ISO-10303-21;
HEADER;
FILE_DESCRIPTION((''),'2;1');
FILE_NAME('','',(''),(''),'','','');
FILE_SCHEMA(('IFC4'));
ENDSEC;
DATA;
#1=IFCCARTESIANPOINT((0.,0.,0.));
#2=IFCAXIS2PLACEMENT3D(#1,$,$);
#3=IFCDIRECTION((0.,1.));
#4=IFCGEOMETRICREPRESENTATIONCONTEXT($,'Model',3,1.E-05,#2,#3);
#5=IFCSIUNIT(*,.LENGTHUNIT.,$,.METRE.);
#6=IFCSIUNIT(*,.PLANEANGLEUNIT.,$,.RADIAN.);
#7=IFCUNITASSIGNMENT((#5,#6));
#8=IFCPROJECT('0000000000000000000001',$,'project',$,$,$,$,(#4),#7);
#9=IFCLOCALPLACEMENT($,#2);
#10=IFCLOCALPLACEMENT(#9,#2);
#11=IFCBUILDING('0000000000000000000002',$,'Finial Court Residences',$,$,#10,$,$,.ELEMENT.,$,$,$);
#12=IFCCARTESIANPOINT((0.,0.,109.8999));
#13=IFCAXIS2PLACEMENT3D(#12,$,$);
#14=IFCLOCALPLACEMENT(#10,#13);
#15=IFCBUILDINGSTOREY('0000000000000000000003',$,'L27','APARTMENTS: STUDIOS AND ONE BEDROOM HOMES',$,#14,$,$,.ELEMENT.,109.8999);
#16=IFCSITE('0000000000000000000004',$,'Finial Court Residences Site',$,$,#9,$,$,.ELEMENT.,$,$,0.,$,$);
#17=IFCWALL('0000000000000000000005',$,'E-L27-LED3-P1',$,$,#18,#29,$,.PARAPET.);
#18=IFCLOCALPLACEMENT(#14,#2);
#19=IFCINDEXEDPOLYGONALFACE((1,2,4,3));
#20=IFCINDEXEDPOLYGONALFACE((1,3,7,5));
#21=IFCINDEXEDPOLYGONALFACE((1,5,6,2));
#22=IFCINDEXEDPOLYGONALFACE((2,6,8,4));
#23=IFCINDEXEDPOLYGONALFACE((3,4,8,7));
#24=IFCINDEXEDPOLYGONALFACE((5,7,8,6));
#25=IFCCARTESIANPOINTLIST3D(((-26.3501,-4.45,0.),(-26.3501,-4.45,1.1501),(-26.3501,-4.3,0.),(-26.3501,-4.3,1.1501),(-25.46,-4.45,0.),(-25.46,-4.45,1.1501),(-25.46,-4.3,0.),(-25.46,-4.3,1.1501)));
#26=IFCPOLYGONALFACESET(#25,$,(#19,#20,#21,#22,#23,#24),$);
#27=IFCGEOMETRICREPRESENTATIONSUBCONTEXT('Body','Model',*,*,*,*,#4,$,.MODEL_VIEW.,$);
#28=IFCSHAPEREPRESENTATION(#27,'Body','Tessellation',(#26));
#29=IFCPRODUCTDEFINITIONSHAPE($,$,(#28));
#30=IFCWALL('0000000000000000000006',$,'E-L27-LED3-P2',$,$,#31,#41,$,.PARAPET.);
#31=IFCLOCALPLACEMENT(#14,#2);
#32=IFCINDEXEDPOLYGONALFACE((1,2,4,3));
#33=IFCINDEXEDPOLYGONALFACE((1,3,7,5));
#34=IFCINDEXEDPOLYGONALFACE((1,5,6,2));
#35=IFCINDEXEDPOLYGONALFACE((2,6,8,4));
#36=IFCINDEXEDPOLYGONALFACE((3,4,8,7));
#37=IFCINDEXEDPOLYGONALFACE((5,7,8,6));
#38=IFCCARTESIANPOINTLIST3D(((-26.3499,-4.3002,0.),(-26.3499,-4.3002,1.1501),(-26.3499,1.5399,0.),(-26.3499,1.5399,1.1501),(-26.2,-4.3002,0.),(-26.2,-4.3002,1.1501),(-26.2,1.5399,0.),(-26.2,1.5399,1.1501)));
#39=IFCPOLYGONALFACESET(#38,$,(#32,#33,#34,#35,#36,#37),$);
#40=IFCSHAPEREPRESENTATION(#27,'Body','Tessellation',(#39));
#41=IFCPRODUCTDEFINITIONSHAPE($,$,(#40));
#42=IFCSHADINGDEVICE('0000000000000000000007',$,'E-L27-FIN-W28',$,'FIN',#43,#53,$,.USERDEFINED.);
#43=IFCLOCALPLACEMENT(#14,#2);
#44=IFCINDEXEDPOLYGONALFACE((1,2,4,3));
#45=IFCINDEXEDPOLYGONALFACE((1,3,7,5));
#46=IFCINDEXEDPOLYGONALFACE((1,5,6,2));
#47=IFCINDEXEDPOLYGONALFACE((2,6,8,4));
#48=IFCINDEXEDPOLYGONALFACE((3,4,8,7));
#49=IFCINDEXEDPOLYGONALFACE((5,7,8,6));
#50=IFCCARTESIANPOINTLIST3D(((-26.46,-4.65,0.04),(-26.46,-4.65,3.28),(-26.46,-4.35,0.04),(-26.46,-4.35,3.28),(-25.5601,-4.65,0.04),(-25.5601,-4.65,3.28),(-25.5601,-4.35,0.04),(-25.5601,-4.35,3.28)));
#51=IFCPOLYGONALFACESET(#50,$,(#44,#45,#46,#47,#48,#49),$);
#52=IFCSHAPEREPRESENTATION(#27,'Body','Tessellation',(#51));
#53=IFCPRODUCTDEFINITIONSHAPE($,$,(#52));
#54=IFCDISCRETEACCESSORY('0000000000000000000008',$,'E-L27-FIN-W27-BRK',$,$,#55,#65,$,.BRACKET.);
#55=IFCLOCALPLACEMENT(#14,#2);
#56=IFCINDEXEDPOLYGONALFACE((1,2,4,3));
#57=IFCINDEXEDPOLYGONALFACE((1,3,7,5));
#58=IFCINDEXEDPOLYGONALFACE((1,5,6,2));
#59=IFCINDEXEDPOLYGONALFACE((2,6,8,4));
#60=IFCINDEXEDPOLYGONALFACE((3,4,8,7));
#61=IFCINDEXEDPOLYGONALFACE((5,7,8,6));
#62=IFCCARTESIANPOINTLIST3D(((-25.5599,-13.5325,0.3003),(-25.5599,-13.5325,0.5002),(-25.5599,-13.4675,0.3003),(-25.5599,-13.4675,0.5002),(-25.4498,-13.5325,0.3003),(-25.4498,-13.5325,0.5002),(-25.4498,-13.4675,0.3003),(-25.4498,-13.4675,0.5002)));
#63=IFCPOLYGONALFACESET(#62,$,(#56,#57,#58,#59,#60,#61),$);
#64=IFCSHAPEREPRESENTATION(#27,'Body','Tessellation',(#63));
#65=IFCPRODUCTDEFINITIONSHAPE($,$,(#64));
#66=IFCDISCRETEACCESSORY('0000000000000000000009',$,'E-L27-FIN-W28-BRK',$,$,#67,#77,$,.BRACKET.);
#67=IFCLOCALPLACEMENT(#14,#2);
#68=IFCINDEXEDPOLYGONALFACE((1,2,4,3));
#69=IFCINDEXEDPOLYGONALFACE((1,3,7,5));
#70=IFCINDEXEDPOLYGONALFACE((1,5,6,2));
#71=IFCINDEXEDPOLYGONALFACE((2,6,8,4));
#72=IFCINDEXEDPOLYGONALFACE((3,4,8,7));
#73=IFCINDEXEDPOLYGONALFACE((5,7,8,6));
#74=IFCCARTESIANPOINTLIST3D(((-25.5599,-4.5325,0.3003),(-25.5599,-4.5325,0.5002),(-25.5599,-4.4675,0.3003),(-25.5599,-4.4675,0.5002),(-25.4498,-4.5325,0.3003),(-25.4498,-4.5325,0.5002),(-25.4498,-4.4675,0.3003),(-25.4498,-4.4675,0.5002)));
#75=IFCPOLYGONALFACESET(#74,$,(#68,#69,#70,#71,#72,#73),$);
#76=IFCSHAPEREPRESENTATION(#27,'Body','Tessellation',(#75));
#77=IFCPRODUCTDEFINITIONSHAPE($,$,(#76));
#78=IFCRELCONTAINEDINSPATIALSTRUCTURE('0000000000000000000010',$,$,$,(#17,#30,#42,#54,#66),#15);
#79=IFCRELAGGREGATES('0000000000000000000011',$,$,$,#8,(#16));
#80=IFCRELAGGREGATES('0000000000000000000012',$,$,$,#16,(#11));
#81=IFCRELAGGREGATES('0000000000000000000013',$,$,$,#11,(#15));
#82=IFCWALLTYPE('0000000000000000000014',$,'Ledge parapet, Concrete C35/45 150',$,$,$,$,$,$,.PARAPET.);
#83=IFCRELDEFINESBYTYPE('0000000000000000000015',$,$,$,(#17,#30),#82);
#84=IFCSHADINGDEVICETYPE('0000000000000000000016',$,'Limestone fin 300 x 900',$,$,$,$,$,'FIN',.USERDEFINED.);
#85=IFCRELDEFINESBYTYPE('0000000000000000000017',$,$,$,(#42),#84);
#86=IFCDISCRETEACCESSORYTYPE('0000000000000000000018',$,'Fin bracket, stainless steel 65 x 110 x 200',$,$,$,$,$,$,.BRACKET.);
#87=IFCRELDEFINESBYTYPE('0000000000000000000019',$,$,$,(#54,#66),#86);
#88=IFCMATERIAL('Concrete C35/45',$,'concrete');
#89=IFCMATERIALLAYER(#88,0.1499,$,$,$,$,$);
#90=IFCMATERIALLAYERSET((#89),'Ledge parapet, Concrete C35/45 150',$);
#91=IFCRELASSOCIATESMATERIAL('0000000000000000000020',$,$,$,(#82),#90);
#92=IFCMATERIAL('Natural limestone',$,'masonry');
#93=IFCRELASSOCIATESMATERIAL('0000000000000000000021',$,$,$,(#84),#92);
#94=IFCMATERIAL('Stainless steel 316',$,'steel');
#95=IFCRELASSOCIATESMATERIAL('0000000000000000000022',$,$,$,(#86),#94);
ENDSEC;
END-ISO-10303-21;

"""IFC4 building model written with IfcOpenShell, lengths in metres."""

from ifc_helpers import new_model, si_unit, direction, frame, frame_2d, origin, origin_2d, place, context, subcontext, project, spatial, rectangle, extrude, material, layer, layer_set, type_object, element, save


model = new_model("IFC4")

# Units and contexts
model_context = context("Model", 3, precision=1e-05, world=origin(), true_north=direction((0.0, 1.0)))
body_context = subcontext(model_context, "Body", "Model", "MODEL_VIEW")
ifc_project = project(units=[si_unit("LENGTHUNIT", "METRE"), si_unit("PLANEANGLEUNIT", "RADIAN")], contexts=[model_context])

# Site, building, storey
site_placement = place(None, origin())
site = spatial("IfcSite", under=ifc_project, at=site_placement, Name="Finial Court Residences Site", CompositionType="ELEMENT", RefElevation=0.0)
building_placement = place(site_placement, origin())
building = spatial("IfcBuilding", under=site, at=building_placement, Name="Finial Court Residences", CompositionType="ELEMENT")
storey_placement = place(building_placement, frame((0.0, 0.0, 109.8999)))
storey = spatial("IfcBuildingStorey", under=building, at=storey_placement, Name="L27", Description="APARTMENTS: STUDIOS AND ONE BEDROOM HOMES", CompositionType="ELEMENT", Elevation=109.8999)

# Walls
ifc_material_1 = material(Name="Concrete C35/45", Category="concrete")
ifc_layer_1 = layer(ifc_material_1, 0.1499)
ifc_layer_set_1 = layer_set([ifc_layer_1], Name="Ledge parapet, Concrete C35/45 150")
wall_type_1 = type_object("IfcWallType", Name="Ledge parapet, Concrete C35/45 150", PredefinedType="PARAPET", material=ifc_layer_set_1)
wall_1_placement = place(storey_placement, frame((-25.46, -4.375, 0.0), z_axis=(0.0, 0.0, 1.0), x_axis=(-1.0, 0.0, 0.0)))
element("IfcWall", 1, at=wall_1_placement, inside=storey, type_object=wall_type_1, Name="E-L27-LED3-P1", PredefinedType="PARAPET", context=body_context, shape_type="SweptSolid", body=[
    extrude(rectangle(XDim=0.8901, YDim=0.1499, at=frame_2d((0.4451, 0.0))), origin(), (0.0, 0.0, 1.0), 1.1501),
])
wall_2_placement = place(storey_placement, frame((-26.2749, -4.3, 0.0), z_axis=(0.0, 0.0, 1.0), x_axis=(0.0, 1.0, 0.0)))
element("IfcWall", 2, at=wall_2_placement, inside=storey, type_object=wall_type_1, Name="E-L27-LED3-P2", PredefinedType="PARAPET", context=body_context, shape_type="SweptSolid", body=[
    extrude(rectangle(XDim=5.8401, YDim=0.1499, at=frame_2d((2.9199, 0.0))), origin(), (0.0, 0.0, 1.0), 1.1501),
])

# Shading device
ifc_material_2 = material(Name="Natural limestone", Category="masonry")
shading_device_type = type_object("IfcShadingDeviceType", Name="Limestone fin 300 x 900", ElementType="FIN", PredefinedType="USERDEFINED", material=ifc_material_2)
shading_device_placement = place(storey_placement, frame((-26.01, -4.5, 0.04), z_axis=(0.0, 0.0, 1.0), x_axis=(1.0, 0.0, 0.0)))
element("IfcShadingDevice", 3, at=shading_device_placement, inside=storey, type_object=shading_device_type, Name="E-L27-FIN-W28", ObjectType="FIN", PredefinedType="USERDEFINED", context=body_context, shape_type="SweptSolid", body=[
    extrude(rectangle(XDim=0.8999, YDim=0.3, at=origin_2d()), origin(), (0.0, 0.0, 1.0), 3.24),
])

# Discrete accessories
ifc_material_3 = material(Name="Stainless steel 316", Category="steel")
discrete_accessory_type = type_object("IfcDiscreteAccessoryType", Name="Fin bracket, stainless steel 65 x 110 x 200", PredefinedType="BRACKET", material=ifc_material_3)
for number, where, z_axis, x_axis, name in (
    (4, (-25.5049, -13.5, 0.3003), (0.0, 0.0, 1.0), (1.0, 0.0, 0.0), "E-L27-FIN-W27-BRK"),
    (5, (-25.5049, -4.5, 0.3003), (0.0, 0.0, 1.0), (1.0, 0.0, 0.0), "E-L27-FIN-W28-BRK"),
):
    element("IfcDiscreteAccessory", number, at=place(storey_placement, frame(where, z_axis=z_axis, x_axis=x_axis)), inside=storey, type_object=discrete_accessory_type, Name=name, PredefinedType="BRACKET", context=body_context, shape_type="SweptSolid", body=[
        extrude(rectangle(XDim=0.1101, YDim=0.0649, at=origin_2d()), origin(), (0.0, 0.0, 1.0), 0.2),
    ])

save(model, "model.ifc")
